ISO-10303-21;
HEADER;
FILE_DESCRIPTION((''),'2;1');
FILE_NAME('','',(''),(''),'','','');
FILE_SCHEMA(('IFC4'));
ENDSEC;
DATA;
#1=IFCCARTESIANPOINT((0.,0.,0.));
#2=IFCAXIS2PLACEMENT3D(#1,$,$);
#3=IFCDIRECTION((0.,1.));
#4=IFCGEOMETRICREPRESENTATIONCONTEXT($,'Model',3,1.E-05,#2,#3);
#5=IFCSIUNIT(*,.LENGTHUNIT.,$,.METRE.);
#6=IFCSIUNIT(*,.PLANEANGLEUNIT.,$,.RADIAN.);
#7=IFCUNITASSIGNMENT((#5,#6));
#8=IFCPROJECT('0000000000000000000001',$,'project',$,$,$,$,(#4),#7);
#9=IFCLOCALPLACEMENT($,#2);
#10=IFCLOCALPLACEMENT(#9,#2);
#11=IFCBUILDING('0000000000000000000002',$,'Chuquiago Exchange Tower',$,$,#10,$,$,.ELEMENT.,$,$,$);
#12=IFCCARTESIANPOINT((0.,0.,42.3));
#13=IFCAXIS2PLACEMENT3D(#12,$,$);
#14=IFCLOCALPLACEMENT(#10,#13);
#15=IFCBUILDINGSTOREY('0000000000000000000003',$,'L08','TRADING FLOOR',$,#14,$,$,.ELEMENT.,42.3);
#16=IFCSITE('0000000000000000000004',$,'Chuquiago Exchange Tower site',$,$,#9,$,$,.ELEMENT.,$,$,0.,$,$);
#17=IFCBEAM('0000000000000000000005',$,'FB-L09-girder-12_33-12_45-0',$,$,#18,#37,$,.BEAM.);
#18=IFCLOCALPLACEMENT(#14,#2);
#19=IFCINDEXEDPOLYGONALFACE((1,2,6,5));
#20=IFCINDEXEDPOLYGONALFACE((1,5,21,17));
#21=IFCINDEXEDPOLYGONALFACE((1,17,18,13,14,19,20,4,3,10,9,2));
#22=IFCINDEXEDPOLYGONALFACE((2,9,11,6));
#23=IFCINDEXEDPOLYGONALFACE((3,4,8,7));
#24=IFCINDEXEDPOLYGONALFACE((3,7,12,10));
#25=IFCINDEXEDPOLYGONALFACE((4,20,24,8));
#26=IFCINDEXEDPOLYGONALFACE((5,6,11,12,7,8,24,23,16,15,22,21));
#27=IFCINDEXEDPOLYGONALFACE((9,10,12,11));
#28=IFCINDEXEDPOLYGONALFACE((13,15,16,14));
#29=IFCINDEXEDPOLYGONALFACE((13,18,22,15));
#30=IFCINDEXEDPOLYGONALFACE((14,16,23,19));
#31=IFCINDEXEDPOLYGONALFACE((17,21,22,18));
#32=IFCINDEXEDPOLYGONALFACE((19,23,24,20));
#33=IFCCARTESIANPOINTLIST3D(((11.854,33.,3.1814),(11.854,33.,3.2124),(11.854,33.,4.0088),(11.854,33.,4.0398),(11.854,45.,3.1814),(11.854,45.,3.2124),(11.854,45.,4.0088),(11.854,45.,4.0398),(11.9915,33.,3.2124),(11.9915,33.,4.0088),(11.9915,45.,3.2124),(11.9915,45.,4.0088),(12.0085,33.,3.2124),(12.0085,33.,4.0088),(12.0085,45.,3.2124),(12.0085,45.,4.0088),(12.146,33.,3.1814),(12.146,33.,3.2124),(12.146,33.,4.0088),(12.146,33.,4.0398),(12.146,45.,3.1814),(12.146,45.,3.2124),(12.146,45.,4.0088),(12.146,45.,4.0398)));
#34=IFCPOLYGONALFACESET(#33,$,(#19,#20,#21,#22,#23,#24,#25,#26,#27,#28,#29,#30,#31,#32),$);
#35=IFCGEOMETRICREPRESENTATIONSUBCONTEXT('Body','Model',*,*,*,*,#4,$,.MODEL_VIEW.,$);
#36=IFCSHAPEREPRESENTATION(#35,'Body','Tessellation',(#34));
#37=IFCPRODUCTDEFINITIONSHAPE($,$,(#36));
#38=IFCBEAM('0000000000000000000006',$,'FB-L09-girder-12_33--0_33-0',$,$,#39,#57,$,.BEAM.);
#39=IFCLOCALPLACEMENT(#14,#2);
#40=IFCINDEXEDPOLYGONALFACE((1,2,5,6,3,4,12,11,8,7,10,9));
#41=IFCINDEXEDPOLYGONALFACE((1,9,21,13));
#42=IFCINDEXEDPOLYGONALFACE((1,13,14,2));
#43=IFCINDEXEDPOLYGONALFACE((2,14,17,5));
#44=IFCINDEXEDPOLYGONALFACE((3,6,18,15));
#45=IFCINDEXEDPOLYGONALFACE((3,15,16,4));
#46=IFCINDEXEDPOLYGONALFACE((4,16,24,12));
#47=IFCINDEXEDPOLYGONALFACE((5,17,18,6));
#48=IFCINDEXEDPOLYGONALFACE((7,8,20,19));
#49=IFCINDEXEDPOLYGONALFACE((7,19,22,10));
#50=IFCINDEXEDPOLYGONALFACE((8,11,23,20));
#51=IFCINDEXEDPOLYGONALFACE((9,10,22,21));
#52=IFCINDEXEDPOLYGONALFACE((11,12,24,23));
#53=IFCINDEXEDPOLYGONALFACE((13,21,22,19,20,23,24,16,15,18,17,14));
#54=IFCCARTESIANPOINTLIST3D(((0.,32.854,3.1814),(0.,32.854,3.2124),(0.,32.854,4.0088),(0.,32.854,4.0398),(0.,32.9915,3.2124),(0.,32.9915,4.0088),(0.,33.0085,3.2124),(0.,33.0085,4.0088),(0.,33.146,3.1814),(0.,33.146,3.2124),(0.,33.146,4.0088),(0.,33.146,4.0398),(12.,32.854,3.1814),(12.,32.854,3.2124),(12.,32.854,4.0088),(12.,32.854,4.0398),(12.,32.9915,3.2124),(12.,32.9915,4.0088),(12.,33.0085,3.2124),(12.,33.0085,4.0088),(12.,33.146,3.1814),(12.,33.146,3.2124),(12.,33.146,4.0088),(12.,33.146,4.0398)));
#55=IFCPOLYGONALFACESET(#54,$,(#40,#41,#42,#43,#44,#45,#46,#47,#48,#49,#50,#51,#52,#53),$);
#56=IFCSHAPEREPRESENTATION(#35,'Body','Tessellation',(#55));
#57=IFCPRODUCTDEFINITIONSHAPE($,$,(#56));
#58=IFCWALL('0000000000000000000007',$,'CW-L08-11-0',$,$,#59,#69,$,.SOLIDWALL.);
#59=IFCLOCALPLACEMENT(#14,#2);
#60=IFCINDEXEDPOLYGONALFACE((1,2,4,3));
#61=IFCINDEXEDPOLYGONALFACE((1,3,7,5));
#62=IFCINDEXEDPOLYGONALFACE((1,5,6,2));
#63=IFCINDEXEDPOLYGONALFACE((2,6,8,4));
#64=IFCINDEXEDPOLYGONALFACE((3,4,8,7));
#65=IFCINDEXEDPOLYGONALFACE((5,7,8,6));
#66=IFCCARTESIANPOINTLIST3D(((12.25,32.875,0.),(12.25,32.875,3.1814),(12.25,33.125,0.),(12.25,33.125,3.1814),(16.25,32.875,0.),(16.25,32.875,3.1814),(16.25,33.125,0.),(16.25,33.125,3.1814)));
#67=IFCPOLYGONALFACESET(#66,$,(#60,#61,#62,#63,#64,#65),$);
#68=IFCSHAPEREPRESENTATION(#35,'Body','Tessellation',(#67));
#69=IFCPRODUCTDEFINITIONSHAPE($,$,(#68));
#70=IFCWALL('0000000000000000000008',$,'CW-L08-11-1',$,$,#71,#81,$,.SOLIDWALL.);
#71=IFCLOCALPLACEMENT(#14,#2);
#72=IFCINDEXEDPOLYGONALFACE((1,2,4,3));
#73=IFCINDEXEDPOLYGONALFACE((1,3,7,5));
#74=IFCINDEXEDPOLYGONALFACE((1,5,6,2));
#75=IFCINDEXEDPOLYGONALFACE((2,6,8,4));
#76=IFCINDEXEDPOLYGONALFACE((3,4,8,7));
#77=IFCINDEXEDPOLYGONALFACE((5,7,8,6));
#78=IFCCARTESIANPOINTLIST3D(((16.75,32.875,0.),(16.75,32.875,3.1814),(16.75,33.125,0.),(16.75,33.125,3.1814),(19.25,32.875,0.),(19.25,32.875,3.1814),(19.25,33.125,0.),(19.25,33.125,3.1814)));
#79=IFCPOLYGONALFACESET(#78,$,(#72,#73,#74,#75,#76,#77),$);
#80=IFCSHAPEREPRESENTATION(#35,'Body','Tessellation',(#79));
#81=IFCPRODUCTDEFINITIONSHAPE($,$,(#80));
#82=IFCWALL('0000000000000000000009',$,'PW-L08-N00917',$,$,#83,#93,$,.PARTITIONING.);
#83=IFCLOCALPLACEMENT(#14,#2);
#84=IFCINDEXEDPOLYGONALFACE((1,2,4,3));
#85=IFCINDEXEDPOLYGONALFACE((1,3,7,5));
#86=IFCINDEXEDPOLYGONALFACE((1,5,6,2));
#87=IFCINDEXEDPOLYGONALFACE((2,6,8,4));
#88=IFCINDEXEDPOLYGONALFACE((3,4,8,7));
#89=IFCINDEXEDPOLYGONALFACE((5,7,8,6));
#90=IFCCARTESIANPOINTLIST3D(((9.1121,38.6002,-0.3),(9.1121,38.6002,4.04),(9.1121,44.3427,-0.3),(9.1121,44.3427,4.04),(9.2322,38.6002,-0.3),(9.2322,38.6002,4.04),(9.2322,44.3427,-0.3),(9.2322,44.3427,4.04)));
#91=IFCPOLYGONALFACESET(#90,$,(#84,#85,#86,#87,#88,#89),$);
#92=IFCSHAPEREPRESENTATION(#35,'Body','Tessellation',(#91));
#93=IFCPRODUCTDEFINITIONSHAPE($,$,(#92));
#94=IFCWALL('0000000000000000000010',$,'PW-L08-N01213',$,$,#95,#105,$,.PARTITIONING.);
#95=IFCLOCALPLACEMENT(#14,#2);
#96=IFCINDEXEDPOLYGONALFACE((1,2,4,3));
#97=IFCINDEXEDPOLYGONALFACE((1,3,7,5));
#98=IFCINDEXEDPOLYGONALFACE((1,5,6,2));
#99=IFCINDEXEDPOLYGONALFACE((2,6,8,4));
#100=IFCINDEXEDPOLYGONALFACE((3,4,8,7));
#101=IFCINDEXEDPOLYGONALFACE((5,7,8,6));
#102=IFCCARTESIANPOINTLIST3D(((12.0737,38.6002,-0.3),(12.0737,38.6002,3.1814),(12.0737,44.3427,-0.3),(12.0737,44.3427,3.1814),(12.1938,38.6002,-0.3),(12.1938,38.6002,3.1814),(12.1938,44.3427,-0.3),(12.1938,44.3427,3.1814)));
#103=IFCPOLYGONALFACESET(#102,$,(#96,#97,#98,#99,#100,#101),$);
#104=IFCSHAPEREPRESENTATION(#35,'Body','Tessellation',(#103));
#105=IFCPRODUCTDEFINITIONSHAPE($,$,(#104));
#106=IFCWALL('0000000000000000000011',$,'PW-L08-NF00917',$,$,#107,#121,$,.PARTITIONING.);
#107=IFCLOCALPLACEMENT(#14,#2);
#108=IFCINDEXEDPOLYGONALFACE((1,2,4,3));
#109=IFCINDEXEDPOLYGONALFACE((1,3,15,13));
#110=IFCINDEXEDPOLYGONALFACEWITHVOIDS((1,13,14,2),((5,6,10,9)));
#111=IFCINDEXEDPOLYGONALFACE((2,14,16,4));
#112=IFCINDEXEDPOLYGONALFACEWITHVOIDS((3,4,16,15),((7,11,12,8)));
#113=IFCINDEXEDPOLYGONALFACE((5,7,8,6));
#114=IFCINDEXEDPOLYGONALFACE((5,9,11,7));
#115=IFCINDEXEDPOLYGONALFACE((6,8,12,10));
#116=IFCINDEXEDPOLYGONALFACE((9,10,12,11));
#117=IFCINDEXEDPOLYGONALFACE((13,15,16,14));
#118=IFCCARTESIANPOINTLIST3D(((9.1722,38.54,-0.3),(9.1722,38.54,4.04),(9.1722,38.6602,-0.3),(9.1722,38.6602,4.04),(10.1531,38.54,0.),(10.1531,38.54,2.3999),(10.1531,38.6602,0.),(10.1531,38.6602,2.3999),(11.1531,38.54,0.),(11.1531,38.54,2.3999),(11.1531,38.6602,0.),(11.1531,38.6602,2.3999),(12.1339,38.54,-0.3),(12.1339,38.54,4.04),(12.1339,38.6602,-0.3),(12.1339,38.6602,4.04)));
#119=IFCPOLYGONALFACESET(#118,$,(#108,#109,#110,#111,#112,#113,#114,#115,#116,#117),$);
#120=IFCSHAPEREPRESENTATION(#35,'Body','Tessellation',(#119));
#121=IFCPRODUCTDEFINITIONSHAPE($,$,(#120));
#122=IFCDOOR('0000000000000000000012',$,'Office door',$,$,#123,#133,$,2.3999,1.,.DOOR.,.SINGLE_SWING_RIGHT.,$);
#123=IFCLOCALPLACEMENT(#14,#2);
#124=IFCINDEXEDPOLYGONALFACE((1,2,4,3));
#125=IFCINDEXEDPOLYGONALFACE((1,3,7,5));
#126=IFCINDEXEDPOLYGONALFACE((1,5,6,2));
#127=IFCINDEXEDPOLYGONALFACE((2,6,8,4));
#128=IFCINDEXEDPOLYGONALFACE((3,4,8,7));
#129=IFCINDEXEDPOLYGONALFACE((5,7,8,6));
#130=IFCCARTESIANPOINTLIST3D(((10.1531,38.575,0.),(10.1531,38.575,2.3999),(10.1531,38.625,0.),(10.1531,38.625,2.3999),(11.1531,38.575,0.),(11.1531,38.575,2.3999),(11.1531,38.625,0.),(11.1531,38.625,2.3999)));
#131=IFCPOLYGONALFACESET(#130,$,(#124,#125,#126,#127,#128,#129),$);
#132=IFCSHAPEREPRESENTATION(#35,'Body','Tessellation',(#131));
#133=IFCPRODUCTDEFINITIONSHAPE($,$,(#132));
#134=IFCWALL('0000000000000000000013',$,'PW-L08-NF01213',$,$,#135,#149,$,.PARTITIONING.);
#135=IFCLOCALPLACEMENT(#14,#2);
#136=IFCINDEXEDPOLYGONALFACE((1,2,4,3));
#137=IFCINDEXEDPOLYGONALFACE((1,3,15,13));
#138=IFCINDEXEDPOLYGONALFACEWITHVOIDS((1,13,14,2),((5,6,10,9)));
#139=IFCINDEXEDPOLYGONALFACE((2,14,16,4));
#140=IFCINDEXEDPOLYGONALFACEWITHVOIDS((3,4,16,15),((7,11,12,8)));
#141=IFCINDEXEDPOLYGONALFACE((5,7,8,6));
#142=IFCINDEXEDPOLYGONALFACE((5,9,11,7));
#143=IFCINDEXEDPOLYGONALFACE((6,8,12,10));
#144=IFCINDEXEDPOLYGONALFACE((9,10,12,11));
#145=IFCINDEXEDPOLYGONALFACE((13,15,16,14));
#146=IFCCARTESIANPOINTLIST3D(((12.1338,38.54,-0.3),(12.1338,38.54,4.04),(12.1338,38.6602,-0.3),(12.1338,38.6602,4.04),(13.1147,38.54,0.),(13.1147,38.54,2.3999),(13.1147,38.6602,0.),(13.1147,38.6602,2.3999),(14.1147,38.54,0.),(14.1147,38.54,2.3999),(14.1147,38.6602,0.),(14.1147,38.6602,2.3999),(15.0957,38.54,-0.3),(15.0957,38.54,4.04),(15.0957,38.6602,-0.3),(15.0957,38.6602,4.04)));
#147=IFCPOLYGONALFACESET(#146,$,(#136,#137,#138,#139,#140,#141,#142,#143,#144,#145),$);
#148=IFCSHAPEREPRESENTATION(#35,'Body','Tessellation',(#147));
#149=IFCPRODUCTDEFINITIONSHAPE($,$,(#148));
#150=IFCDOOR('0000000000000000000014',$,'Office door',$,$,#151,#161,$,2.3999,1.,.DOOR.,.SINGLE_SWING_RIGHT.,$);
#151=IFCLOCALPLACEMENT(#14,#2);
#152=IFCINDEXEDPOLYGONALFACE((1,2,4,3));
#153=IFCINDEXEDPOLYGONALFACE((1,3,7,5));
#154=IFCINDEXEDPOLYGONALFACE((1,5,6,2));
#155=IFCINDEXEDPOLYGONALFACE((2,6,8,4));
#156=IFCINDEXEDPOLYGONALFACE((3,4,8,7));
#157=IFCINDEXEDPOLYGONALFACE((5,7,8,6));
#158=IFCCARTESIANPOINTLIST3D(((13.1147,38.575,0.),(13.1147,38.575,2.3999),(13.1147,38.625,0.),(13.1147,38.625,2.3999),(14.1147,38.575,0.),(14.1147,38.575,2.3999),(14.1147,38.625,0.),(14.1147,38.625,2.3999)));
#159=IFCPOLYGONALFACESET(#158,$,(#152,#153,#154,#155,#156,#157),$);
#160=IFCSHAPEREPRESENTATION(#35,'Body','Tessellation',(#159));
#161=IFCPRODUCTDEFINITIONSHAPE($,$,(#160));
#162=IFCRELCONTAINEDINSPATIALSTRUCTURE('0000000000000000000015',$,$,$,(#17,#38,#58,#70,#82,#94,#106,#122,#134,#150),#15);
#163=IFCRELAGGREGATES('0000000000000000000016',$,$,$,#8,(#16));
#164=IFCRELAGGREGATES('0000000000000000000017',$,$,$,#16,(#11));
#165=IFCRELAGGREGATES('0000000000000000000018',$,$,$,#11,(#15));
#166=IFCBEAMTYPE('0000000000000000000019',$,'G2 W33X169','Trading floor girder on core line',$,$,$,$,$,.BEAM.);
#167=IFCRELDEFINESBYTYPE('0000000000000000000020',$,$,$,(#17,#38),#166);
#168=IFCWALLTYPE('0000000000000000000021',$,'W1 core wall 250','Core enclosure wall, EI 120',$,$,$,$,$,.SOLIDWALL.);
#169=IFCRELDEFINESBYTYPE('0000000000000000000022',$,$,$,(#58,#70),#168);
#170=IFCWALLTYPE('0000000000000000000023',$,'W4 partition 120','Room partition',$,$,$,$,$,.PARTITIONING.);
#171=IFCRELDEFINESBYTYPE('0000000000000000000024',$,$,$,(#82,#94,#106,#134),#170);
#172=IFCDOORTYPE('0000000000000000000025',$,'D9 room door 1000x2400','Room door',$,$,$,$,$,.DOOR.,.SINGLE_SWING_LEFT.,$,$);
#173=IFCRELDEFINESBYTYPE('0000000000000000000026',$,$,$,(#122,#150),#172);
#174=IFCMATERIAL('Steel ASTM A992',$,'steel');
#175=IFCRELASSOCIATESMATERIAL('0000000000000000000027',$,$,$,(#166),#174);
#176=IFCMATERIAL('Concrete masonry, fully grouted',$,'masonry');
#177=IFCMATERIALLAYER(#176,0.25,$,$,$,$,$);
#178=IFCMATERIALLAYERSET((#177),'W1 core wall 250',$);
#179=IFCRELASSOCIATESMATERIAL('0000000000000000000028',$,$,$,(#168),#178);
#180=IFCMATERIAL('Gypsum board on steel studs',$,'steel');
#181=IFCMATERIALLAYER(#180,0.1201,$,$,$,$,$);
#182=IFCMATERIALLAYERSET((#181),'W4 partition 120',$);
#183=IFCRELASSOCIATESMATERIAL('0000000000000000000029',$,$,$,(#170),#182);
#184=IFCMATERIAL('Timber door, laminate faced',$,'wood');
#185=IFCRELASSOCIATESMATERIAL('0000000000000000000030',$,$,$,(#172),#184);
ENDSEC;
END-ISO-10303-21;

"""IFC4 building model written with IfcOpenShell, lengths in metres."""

from ifc_helpers import new_model, si_unit, direction, frame, frame_2d, origin, origin_2d, place, context, subcontext, project, spatial, rectangle, i_section, extrude, material, layer, layer_set, material_profile, profile_set, type_object, element, fill, save


model = new_model("IFC4")

# Units and contexts
model_context = context("Model", 3, precision=1e-05, world=origin(), true_north=direction((0.0, 1.0)))
body_context = subcontext(model_context, "Body", "Model", "MODEL_VIEW")
ifc_project = project(units=[si_unit("LENGTHUNIT", "METRE"), si_unit("PLANEANGLEUNIT", "RADIAN")], contexts=[model_context])

# Site, building, storey
site_placement = place(None, origin())
site = spatial("IfcSite", under=ifc_project, at=site_placement, Name="Chuquiago Exchange Tower site", CompositionType="ELEMENT", RefElevation=0.0)
building_placement = place(site_placement, origin())
building = spatial("IfcBuilding", under=site, at=building_placement, Name="Chuquiago Exchange Tower", CompositionType="ELEMENT")
storey_placement = place(building_placement, frame((0.0, 0.0, 42.3)))
storey = spatial("IfcBuildingStorey", under=building, at=storey_placement, Name="L08", Description="TRADING FLOOR", CompositionType="ELEMENT", Elevation=42.3)

# Beams
ifc_material_1 = material(Name="Steel ASTM A992", Category="steel")
ifc_material_profile_1 = material_profile(ifc_material_1, i_section(OverallWidth=0.292, OverallDepth=0.8584, WebThickness=0.0171, FlangeThickness=0.031, at=origin_2d()), Name="W33X169")
ifc_profile_set_1 = profile_set([ifc_material_profile_1], Name="Steel ASTM A992")
beam_type_1 = type_object("IfcBeamType", Name="G2 W33X169", Description="Trading floor girder on core line", PredefinedType="BEAM", material=ifc_profile_set_1)
for number, where, z_axis, x_axis, name in (
    (1, (12.0, 33.0, 3.6106), (0.0, 1.0, 0.0), (-1.0, 0.0, 0.0), "FB-L09-girder-12_33-12_45-0"),
    (2, (12.0, 33.0, 3.6106), (-1.0, 0.0, 0.0), (0.0, -1.0, 0.0), "FB-L09-girder-12_33--0_33-0"),
):
    element("IfcBeam", number, at=place(storey_placement, frame(where, z_axis=z_axis, x_axis=x_axis)), inside=storey, type_object=beam_type_1, Name=name, PredefinedType="BEAM", context=body_context, shape_type="SweptSolid", body=[
        extrude(i_section(OverallWidth=0.292, OverallDepth=0.8584, WebThickness=0.0171, FlangeThickness=0.031, at=origin_2d()), origin(), (0.0, 0.0, 1.0), 12.0),
    ])

# Walls
ifc_material_2 = material(Name="Concrete masonry, fully grouted", Category="masonry")
ifc_layer_1 = layer(ifc_material_2, 0.25)
ifc_layer_set_1 = layer_set([ifc_layer_1], Name="W1 core wall 250")
wall_type_1 = type_object("IfcWallType", Name="W1 core wall 250", Description="Core enclosure wall, EI 120", PredefinedType="SOLIDWALL", material=ifc_layer_set_1)
wall_1_placement = place(storey_placement, frame((12.25, 33.0, 0.0), z_axis=(0.0, 0.0, 1.0), x_axis=(1.0, 0.0, 0.0)))
element("IfcWall", 3, at=wall_1_placement, inside=storey, type_object=wall_type_1, Name="CW-L08-11-0", PredefinedType="SOLIDWALL", context=body_context, shape_type="SweptSolid", body=[
    extrude(rectangle(XDim=4.0, YDim=0.25, at=frame_2d((2.0, 0.0))), origin(), (0.0, 0.0, 1.0), 3.1814),
])
wall_2_placement = place(storey_placement, frame((16.75, 33.0, 0.0), z_axis=(0.0, 0.0, 1.0), x_axis=(1.0, 0.0, 0.0)))
element("IfcWall", 4, at=wall_2_placement, inside=storey, type_object=wall_type_1, Name="CW-L08-11-1", PredefinedType="SOLIDWALL", context=body_context, shape_type="SweptSolid", body=[
    extrude(rectangle(XDim=2.5, YDim=0.25, at=frame_2d((1.25, 0.0))), origin(), (0.0, 0.0, 1.0), 3.1814),
])
ifc_material_3 = material(Name="Gypsum board on steel studs", Category="steel")
ifc_layer_2 = layer(ifc_material_3, 0.1201)
ifc_layer_set_2 = layer_set([ifc_layer_2], Name="W4 partition 120")
wall_type_2 = type_object("IfcWallType", Name="W4 partition 120", Description="Room partition", PredefinedType="PARTITIONING", material=ifc_layer_set_2)
wall_3_placement = place(storey_placement, frame((9.1721, 44.3425, -0.3), z_axis=(0.0, 0.0, 1.0), x_axis=(0.0, -1.0, 0.0)))
element("IfcWall", 5, at=wall_3_placement, inside=storey, type_object=wall_type_2, Name="PW-L08-N00917", PredefinedType="PARTITIONING", context=body_context, shape_type="SweptSolid", body=[
    extrude(rectangle(XDim=5.7424, YDim=0.1201, at=frame_2d((2.8711, 0.0))), origin(), (0.0, 0.0, 1.0), 4.3401),
])
wall_4_placement = place(storey_placement, frame((12.1338, 44.3425, -0.3), z_axis=(0.0, 0.0, 1.0), x_axis=(0.0, -1.0, 0.0)))
element("IfcWall", 6, at=wall_4_placement, inside=storey, type_object=wall_type_2, Name="PW-L08-N01213", PredefinedType="PARTITIONING", context=body_context, shape_type="SweptSolid", body=[
    extrude(rectangle(XDim=5.7424, YDim=0.1201, at=frame_2d((2.8711, 0.0))), origin(), (0.0, 0.0, 1.0), 3.4814),
])

# Walls, openings, doors
wall_5_placement = place(storey_placement, frame((9.1721, 38.6001, -0.3), z_axis=(0.0, 0.0, 1.0), x_axis=(1.0, 0.0, 0.0)))
wall_5 = element("IfcWall", 7, at=wall_5_placement, inside=storey, type_object=wall_type_2, Name="PW-L08-NF00917", PredefinedType="PARTITIONING", context=body_context, shape_type="SweptSolid", body=[
    extrude(rectangle(XDim=2.9617, YDim=0.1201, at=frame_2d((1.481, 0.0))), origin(), (0.0, 0.0, 1.0), 4.3401),
])
opening_1_placement = place(wall_5_placement, frame((0.981, 0.0, 0.3)))
opening_1 = element("IfcOpeningElement", 8, at=opening_1_placement, cuts=wall_5, PredefinedType="OPENING", context=body_context, shape_type="SweptSolid", body=[
    extrude(rectangle(XDim=1.0, YDim=2.3999, at=frame_2d((0.5, 1.2))), frame((0.0, 0.0701, 0.0), z_axis=(0.0, -1.0, 0.0), x_axis=(1.0, 0.0, 0.0)), (0.0, 0.0, 1.0), 0.1401),
])
ifc_material_4 = material(Name="Timber door, laminate faced", Category="wood")
door_type = type_object("IfcDoorType", Name="D9 room door 1000x2400", Description="Room door", OperationType="SINGLE_SWING_LEFT", PredefinedType="DOOR", material=ifc_material_4)
door_1_placement = place(opening_1_placement, origin())
door_1 = element("IfcDoor", 9, at=door_1_placement, inside=storey, type_object=door_type, Name="Office door", OperationType="SINGLE_SWING_RIGHT", OverallHeight=2.3999, OverallWidth=1.0, PredefinedType="DOOR", context=body_context, shape_type="SweptSolid", body=[
    extrude(rectangle(XDim=1.0, YDim=2.3999, at=frame_2d((0.5, 1.2))), frame((0.0, 0.0249, 0.0), z_axis=(0.0, -1.0, 0.0), x_axis=(1.0, 0.0, 0.0)), (0.0, 0.0, 1.0), 0.05),
])
fill(opening_1, door_1)
wall_6_placement = place(storey_placement, frame((12.1338, 38.6001, -0.3), z_axis=(0.0, 0.0, 1.0), x_axis=(1.0, 0.0, 0.0)))
wall_6 = element("IfcWall", 10, at=wall_6_placement, inside=storey, type_object=wall_type_2, Name="PW-L08-NF01213", PredefinedType="PARTITIONING", context=body_context, shape_type="SweptSolid", body=[
    extrude(rectangle(XDim=2.9619, YDim=0.1201, at=frame_2d((1.481, 0.0))), origin(), (0.0, 0.0, 1.0), 4.3401),
])
opening_2_placement = place(wall_6_placement, frame((0.981, 0.0, 0.3)))
opening_2 = element("IfcOpeningElement", 11, at=opening_2_placement, cuts=wall_6, PredefinedType="OPENING", context=body_context, shape_type="SweptSolid", body=[
    extrude(rectangle(XDim=1.0, YDim=2.3999, at=frame_2d((0.5, 1.2))), frame((0.0, 0.0701, 0.0), z_axis=(0.0, -1.0, 0.0), x_axis=(1.0, 0.0, 0.0)), (0.0, 0.0, 1.0), 0.1401),
])
door_2_placement = place(opening_2_placement, origin())
door_2 = element("IfcDoor", 12, at=door_2_placement, inside=storey, type_object=door_type, Name="Office door", OperationType="SINGLE_SWING_RIGHT", OverallHeight=2.3999, OverallWidth=1.0, PredefinedType="DOOR", context=body_context, shape_type="SweptSolid", body=[
    extrude(rectangle(XDim=1.0, YDim=2.3999, at=frame_2d((0.5, 1.2))), frame((0.0, 0.0249, 0.0), z_axis=(0.0, -1.0, 0.0), x_axis=(1.0, 0.0, 0.0)), (0.0, 0.0, 1.0), 0.05),
])
fill(opening_2, door_2)

save(model, "model.ifc")
